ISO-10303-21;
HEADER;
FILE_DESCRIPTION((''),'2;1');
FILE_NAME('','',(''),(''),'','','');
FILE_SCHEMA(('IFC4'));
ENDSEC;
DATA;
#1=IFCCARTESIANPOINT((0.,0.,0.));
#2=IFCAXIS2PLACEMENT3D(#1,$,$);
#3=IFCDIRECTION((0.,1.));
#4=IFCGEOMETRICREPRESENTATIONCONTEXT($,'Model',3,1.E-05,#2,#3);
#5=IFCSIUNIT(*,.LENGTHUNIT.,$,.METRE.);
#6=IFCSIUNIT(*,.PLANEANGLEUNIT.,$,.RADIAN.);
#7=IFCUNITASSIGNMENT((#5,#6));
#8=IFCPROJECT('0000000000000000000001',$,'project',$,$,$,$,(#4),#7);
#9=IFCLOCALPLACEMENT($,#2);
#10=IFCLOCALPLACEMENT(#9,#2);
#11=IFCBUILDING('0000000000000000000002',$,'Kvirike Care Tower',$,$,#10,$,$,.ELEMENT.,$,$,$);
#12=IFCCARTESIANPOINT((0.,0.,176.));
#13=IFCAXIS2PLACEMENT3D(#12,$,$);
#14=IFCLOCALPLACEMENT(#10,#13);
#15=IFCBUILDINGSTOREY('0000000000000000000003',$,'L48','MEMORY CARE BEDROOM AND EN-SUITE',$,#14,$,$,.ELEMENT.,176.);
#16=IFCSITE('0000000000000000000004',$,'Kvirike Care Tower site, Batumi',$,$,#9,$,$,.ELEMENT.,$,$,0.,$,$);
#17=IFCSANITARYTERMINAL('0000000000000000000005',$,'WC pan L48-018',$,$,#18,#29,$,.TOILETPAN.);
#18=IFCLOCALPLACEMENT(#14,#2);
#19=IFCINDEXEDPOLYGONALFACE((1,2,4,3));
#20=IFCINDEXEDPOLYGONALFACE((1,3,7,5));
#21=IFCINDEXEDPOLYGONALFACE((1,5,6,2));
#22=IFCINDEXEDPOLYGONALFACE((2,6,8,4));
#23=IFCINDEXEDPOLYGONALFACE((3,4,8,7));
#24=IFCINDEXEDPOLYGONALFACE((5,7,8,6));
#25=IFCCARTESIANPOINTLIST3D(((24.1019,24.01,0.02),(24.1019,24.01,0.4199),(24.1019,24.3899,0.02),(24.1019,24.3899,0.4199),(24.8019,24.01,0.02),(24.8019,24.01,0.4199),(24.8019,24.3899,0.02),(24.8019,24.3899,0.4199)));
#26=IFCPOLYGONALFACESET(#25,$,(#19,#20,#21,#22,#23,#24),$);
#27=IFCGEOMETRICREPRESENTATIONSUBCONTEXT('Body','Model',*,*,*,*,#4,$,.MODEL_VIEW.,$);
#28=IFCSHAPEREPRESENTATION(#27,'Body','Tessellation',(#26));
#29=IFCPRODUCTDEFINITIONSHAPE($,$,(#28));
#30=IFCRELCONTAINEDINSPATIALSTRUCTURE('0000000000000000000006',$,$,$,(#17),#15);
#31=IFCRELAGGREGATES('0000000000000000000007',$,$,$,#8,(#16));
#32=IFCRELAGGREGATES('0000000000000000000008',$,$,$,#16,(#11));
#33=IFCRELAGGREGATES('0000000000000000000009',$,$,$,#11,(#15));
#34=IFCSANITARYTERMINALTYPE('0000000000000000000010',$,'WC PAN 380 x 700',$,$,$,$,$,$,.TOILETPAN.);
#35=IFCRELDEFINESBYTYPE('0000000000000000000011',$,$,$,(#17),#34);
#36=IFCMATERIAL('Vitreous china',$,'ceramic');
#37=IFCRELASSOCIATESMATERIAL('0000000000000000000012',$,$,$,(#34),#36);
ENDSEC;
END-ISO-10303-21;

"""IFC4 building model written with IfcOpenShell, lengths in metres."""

from ifc_helpers import new_model, si_unit, direction, frame, origin, origin_2d, place, context, subcontext, project, spatial, rectangle, extrude, material, type_object, element, save


model = new_model("IFC4")

# Units and contexts
model_context = context("Model", 3, precision=1e-05, world=origin(), true_north=direction((0.0, 1.0)))
body_context = subcontext(model_context, "Body", "Model", "MODEL_VIEW")
ifc_project = project(units=[si_unit("LENGTHUNIT", "METRE"), si_unit("PLANEANGLEUNIT", "RADIAN")], contexts=[model_context])

# Site, building, storey
site_placement = place(None, origin())
site = spatial("IfcSite", under=ifc_project, at=site_placement, Name="Kvirike Care Tower site, Batumi", CompositionType="ELEMENT", RefElevation=0.0)
building_placement = place(site_placement, origin())
building = spatial("IfcBuilding", under=site, at=building_placement, Name="Kvirike Care Tower", CompositionType="ELEMENT")
storey_placement = place(building_placement, frame((0.0, 0.0, 176.0)))
storey = spatial("IfcBuildingStorey", under=building, at=storey_placement, Name="L48", Description="MEMORY CARE BEDROOM AND EN-SUITE", CompositionType="ELEMENT", Elevation=176.0)

# Sanitary terminal
ifc_material_1 = material(Name="Vitreous china", Category="ceramic")
sanitary_terminal_type_1 = type_object("IfcSanitaryTerminalType", Name="WC PAN 380 x 700", PredefinedType="TOILETPAN", material=ifc_material_1)
sanitary_terminal_1_placement = place(storey_placement, frame((24.4519, 24.2, 0.02), z_axis=(0.0, 0.0, 1.0), x_axis=(0.0, 1.0, 0.0)))
element("IfcSanitaryTerminal", 1, at=sanitary_terminal_1_placement, inside=storey, type_object=sanitary_terminal_type_1, Name="WC pan L48-018", PredefinedType="TOILETPAN", context=body_context, shape_type="SweptSolid", body=[
    extrude(rectangle(XDim=0.3799, YDim=0.7, at=origin_2d()), origin(), (0.0, 0.0, 1.0), 0.3999),
])

save(model, "model.ifc")
